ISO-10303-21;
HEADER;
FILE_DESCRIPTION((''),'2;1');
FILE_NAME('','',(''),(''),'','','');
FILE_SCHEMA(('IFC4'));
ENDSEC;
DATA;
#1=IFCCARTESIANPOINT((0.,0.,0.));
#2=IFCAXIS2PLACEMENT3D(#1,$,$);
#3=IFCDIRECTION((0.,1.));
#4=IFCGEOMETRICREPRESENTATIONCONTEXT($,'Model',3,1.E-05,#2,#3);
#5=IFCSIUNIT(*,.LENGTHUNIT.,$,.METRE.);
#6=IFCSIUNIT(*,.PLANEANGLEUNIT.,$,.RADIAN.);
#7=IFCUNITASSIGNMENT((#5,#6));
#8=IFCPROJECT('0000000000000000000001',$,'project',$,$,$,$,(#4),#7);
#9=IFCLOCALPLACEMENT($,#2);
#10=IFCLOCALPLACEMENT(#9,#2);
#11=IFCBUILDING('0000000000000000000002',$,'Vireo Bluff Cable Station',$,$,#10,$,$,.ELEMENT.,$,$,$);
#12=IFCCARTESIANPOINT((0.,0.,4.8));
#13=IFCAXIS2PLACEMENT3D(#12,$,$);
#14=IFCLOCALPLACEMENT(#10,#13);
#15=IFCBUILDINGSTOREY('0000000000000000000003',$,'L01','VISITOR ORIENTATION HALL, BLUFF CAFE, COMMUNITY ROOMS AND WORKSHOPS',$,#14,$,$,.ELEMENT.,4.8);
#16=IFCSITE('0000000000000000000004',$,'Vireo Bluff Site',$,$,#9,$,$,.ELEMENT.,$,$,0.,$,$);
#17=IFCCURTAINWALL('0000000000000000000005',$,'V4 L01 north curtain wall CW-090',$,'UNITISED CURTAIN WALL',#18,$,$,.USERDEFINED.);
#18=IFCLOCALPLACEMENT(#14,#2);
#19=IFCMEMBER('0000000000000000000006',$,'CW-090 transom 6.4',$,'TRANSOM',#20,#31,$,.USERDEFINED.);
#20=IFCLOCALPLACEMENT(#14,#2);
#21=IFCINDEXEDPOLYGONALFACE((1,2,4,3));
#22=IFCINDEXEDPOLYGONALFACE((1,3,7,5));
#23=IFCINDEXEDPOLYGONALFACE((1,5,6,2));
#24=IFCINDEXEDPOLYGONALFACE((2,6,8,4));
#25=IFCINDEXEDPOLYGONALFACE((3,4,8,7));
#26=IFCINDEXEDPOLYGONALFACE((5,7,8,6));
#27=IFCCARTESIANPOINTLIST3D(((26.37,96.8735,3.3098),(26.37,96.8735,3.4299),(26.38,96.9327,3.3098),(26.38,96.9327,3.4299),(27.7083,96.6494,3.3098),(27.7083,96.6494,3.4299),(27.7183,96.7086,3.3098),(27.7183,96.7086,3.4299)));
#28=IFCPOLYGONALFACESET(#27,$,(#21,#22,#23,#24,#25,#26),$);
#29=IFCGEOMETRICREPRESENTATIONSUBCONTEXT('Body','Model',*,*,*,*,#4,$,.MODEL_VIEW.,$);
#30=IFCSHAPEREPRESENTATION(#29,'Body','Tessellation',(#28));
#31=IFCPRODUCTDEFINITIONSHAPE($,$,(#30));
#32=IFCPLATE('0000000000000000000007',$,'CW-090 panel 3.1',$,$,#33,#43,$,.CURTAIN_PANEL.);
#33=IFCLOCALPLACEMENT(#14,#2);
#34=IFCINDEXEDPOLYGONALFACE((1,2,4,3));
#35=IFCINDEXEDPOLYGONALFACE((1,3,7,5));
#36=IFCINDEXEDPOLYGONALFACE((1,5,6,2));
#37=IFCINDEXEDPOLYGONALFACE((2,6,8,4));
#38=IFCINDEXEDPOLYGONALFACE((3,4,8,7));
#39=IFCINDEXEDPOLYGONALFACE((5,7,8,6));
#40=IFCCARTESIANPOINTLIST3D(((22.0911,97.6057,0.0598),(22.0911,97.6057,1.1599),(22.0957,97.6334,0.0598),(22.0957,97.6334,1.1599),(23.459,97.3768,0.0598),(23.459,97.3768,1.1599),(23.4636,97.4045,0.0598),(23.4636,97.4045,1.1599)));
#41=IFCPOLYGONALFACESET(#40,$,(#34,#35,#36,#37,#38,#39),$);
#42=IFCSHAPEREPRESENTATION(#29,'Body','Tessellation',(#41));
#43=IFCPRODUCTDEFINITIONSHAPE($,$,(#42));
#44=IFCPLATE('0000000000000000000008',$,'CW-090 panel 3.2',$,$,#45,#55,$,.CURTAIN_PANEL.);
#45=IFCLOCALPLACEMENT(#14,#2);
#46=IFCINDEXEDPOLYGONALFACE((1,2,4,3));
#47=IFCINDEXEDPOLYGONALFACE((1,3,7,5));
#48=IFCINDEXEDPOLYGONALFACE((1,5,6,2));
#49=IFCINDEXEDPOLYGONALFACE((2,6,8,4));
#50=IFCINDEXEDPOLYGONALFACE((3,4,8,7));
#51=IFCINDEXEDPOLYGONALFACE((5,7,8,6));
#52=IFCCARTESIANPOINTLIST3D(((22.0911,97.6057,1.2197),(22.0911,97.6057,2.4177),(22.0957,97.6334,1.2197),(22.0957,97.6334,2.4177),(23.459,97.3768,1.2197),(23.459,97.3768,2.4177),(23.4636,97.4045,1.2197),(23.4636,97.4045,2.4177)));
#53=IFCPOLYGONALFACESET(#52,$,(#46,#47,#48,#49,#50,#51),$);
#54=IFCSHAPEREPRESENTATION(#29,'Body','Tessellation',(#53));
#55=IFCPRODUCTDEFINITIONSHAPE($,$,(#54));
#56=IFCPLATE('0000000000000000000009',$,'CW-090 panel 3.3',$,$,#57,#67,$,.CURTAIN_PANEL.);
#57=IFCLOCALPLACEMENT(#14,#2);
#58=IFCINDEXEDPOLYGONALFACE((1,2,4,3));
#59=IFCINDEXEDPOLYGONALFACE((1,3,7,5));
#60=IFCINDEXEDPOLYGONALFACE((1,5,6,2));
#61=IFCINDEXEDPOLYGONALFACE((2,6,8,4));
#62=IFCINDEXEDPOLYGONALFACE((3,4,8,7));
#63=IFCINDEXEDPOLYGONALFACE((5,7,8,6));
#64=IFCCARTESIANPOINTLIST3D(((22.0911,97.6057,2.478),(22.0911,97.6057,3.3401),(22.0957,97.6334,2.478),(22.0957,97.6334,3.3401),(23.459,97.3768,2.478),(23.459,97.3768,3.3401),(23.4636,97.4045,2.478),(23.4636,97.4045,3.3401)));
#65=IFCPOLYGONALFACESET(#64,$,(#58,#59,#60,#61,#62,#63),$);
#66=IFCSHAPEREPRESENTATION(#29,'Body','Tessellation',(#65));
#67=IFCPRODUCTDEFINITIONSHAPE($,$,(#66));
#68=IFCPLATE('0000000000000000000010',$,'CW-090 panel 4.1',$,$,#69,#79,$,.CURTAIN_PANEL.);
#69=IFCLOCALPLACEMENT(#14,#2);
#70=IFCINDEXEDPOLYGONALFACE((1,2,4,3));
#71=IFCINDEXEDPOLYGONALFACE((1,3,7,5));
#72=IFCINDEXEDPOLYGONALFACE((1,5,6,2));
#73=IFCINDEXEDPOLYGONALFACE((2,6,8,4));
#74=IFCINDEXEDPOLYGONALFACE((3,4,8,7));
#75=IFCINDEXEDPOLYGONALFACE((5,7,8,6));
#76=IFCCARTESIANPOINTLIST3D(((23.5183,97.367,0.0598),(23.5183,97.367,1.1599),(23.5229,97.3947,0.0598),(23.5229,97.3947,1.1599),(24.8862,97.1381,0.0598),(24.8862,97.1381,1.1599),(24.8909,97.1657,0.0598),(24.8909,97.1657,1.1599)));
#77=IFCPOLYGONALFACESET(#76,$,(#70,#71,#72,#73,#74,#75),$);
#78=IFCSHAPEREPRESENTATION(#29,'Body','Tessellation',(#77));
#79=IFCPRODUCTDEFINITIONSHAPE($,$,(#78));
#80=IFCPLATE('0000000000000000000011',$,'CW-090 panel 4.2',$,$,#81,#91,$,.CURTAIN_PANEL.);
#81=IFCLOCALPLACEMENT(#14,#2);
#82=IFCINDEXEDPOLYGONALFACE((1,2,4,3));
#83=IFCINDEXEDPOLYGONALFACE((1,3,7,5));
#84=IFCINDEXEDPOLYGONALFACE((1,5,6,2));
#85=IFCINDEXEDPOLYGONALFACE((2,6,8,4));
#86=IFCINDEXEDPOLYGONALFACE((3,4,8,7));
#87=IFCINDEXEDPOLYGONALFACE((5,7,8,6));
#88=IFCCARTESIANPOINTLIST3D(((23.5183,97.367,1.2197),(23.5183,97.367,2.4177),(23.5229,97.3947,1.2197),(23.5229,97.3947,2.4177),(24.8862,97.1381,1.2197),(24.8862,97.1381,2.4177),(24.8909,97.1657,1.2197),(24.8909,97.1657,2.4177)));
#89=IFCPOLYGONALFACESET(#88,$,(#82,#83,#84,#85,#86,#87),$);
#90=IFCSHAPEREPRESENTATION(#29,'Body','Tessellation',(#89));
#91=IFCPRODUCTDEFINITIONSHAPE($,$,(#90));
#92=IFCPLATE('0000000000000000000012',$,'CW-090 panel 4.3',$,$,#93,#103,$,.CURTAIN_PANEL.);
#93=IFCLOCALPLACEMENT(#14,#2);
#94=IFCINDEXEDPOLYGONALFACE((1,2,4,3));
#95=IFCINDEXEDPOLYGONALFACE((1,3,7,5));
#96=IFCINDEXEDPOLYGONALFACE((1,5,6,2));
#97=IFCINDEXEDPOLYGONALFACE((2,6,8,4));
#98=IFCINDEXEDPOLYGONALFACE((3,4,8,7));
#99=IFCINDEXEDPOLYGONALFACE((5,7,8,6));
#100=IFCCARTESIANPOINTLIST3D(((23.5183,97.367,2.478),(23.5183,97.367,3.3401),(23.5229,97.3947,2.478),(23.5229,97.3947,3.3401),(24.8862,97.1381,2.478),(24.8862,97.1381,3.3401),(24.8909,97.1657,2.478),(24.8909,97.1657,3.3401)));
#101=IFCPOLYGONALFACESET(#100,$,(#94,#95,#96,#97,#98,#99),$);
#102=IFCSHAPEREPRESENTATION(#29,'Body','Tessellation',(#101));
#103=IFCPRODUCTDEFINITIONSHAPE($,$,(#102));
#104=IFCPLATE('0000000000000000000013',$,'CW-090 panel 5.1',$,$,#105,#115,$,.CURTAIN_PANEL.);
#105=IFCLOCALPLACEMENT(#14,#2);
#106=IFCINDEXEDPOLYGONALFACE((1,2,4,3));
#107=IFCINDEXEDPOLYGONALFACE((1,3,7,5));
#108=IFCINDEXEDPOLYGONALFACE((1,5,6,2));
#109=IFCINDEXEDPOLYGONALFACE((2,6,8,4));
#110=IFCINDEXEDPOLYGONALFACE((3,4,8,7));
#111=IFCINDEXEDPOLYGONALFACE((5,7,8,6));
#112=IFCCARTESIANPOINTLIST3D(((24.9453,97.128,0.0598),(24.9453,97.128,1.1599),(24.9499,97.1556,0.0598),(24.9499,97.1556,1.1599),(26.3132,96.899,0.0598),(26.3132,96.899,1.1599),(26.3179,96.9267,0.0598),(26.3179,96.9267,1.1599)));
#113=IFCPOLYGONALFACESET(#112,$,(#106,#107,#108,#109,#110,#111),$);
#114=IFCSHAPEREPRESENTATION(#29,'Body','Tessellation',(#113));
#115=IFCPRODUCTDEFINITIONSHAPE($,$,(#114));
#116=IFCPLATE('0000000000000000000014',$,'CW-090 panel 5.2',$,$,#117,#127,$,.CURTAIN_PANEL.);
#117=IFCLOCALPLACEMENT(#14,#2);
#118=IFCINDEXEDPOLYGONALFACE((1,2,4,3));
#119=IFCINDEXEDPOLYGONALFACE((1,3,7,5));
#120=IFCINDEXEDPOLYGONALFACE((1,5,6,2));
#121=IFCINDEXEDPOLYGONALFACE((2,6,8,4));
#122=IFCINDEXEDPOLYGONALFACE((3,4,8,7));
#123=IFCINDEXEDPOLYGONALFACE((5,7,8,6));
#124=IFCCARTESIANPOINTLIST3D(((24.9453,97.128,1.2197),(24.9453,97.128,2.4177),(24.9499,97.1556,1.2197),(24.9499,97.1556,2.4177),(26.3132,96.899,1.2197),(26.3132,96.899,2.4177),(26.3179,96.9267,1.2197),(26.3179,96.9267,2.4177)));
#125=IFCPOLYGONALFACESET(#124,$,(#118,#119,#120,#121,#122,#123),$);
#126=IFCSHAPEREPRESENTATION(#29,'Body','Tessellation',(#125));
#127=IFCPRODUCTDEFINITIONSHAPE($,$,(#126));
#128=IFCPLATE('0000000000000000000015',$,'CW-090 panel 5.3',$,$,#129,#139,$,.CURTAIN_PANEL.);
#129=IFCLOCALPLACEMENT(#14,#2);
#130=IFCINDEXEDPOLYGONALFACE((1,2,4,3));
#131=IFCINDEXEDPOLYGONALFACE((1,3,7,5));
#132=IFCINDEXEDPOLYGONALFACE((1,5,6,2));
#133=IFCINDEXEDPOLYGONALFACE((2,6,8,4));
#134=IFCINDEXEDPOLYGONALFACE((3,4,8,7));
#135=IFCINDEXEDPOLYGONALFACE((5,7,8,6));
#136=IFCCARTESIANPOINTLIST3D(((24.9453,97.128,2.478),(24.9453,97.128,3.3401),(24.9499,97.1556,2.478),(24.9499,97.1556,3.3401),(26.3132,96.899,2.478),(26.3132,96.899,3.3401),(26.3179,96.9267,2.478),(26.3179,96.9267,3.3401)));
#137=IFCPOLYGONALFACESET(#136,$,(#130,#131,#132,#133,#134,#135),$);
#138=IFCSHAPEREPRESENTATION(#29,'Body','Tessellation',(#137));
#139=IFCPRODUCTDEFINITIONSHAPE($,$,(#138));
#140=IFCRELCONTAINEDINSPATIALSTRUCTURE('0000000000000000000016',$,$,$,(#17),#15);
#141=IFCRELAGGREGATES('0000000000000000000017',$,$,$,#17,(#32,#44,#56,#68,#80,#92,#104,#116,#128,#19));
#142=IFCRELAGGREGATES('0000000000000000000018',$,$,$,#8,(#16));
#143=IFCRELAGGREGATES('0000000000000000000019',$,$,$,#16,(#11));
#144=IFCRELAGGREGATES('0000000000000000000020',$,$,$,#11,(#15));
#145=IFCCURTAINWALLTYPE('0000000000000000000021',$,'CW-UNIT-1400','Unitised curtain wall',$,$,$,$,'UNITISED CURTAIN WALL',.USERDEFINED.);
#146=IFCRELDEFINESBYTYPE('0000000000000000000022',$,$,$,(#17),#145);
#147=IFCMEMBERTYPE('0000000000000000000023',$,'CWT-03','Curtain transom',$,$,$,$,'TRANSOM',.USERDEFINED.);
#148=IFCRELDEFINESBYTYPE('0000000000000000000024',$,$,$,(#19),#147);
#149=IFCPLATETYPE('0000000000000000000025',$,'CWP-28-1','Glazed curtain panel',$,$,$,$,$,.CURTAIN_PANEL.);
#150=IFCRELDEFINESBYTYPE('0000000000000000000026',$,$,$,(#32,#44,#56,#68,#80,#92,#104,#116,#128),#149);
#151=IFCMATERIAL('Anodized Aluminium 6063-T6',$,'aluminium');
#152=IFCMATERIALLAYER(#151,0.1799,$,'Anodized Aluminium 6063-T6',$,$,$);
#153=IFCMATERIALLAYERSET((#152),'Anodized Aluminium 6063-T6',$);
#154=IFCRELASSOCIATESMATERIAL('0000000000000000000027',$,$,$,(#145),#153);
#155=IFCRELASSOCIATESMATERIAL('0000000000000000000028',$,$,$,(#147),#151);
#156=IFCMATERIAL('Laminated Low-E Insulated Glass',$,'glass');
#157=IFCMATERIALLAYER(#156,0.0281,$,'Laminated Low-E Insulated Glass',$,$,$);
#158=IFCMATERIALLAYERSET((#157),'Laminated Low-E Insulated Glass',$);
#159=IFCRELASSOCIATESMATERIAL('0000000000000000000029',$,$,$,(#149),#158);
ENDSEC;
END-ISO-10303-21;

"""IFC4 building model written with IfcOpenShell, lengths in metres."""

from ifc_helpers import new_model, si_unit, direction, frame, origin, origin_2d, place, context, subcontext, project, spatial, rectangle, extrude, material, layer, layer_set, material_profile, profile_set, type_object, element, aggregate, save


model = new_model("IFC4")

# Units and contexts
model_context = context("Model", 3, precision=1e-05, world=origin(), true_north=direction((0.0, 1.0)))
body_context = subcontext(model_context, "Body", "Model", "MODEL_VIEW")
ifc_project = project(units=[si_unit("LENGTHUNIT", "METRE"), si_unit("PLANEANGLEUNIT", "RADIAN")], contexts=[model_context])

# Site, building, storey
site_placement = place(None, origin())
site = spatial("IfcSite", under=ifc_project, at=site_placement, Name="Vireo Bluff Site", CompositionType="ELEMENT", RefElevation=0.0)
building_placement = place(site_placement, origin())
building = spatial("IfcBuilding", under=site, at=building_placement, Name="Vireo Bluff Cable Station", CompositionType="ELEMENT")
storey_placement = place(building_placement, frame((0.0, 0.0, 4.8)))
storey = spatial("IfcBuildingStorey", under=building, at=storey_placement, Name="L01", Description="VISITOR ORIENTATION HALL, BLUFF CAFE, COMMUNITY ROOMS AND WORKSHOPS", CompositionType="ELEMENT", Elevation=4.8)

# Curtain wall, member, plates
ifc_material_1 = material(Name="Anodized Aluminium 6063-T6", Category="aluminium")
ifc_layer_1 = layer(ifc_material_1, 0.1799, Name="Anodized Aluminium 6063-T6")
ifc_layer_set_1 = layer_set([ifc_layer_1], Name="Anodized Aluminium 6063-T6")
curtain_wall_type = type_object("IfcCurtainWallType", Name="CW-UNIT-1400", Description="Unitised curtain wall", ElementType="UNITISED CURTAIN WALL", PredefinedType="USERDEFINED", material=ifc_layer_set_1)
curtain_wall_placement = place(storey_placement, origin())
curtain_wall = element("IfcCurtainWall", 1, at=curtain_wall_placement, inside=storey, type_object=curtain_wall_type, Name="V4 L01 north curtain wall CW-090", ObjectType="UNITISED CURTAIN WALL", PredefinedType="USERDEFINED")
ifc_material_profile_1 = material_profile(ifc_material_1, rectangle(XDim=0.0601, YDim=0.1201, at=origin_2d()), Name="ALU-T-60X120")
ifc_profile_set_1 = profile_set([ifc_material_profile_1], Name="Anodized Aluminium 6063-T6")
member_type_1 = type_object("IfcMemberType", Name="CWT-03", Description="Curtain transom", ElementType="TRANSOM", PredefinedType="USERDEFINED", material=ifc_profile_set_1)
member_1_placement = place(storey_placement, frame((26.375, 96.9031, 3.3699), z_axis=(0.986267, -0.165157, 0.0), x_axis=(0.165157, 0.986267, 0.0)))
member_1 = element("IfcMember", 2, at=member_1_placement, type_object=member_type_1, Name="CW-090 transom 6.4", ObjectType="TRANSOM", PredefinedType="USERDEFINED", context=body_context, shape_type="SweptSolid", body=[
    extrude(rectangle(XDim=0.0601, YDim=0.1201, at=origin_2d()), origin(), (0.0, 0.0, 1.0), 1.3569),
])
ifc_material_2 = material(Name="Laminated Low-E Insulated Glass", Category="glass")
ifc_layer_2 = layer(ifc_material_2, 0.0281, Name="Laminated Low-E Insulated Glass")
ifc_layer_set_2 = layer_set([ifc_layer_2], Name="Laminated Low-E Insulated Glass")
plate_type = type_object("IfcPlateType", Name="CWP-28-1", Description="Glazed curtain panel", PredefinedType="CURTAIN_PANEL", material=ifc_layer_set_2)
plate_1_placement = place(storey_placement, frame((22.7773, 97.5051, 0.0598), z_axis=(0.0, 0.0, 1.0), x_axis=(0.986286, -0.165048, 0.0)))
plate_1 = element("IfcPlate", 3, at=plate_1_placement, type_object=plate_type, Name="CW-090 panel 3.1", PredefinedType="CURTAIN_PANEL", context=body_context, shape_type="SweptSolid", body=[
    extrude(rectangle(XDim=1.387, YDim=0.0281, at=origin_2d()), origin(), (0.0, 0.0, 1.0), 1.1001),
])
plate_2_placement = place(storey_placement, frame((22.7773, 97.5051, 1.2197), z_axis=(0.0, 0.0, 1.0), x_axis=(0.986286, -0.165048, 0.0)))
plate_2 = element("IfcPlate", 4, at=plate_2_placement, type_object=plate_type, Name="CW-090 panel 3.2", PredefinedType="CURTAIN_PANEL", context=body_context, shape_type="SweptSolid", body=[
    extrude(rectangle(XDim=1.387, YDim=0.0281, at=origin_2d()), origin(), (0.0, 0.0, 1.0), 1.198),
])
plate_3_placement = place(storey_placement, frame((22.7773, 97.5051, 2.478), z_axis=(0.0, 0.0, 1.0), x_axis=(0.986286, -0.165048, 0.0)))
plate_3 = element("IfcPlate", 5, at=plate_3_placement, type_object=plate_type, Name="CW-090 panel 3.3", PredefinedType="CURTAIN_PANEL", context=body_context, shape_type="SweptSolid", body=[
    extrude(rectangle(XDim=1.387, YDim=0.0281, at=origin_2d()), origin(), (0.0, 0.0, 1.0), 0.8621),
])
plate_4_placement = place(storey_placement, frame((24.2046, 97.2664, 0.0598), z_axis=(0.0, 0.0, 1.0), x_axis=(0.986286, -0.165048, 0.0)))
plate_4 = element("IfcPlate", 6, at=plate_4_placement, type_object=plate_type, Name="CW-090 panel 4.1", PredefinedType="CURTAIN_PANEL", context=body_context, shape_type="SweptSolid", body=[
    extrude(rectangle(XDim=1.387, YDim=0.0281, at=origin_2d()), origin(), (0.0, 0.0, 1.0), 1.1001),
])
plate_5_placement = place(storey_placement, frame((24.2046, 97.2664, 1.2197), z_axis=(0.0, 0.0, 1.0), x_axis=(0.986286, -0.165048, 0.0)))
plate_5 = element("IfcPlate", 7, at=plate_5_placement, type_object=plate_type, Name="CW-090 panel 4.2", PredefinedType="CURTAIN_PANEL", context=body_context, shape_type="SweptSolid", body=[
    extrude(rectangle(XDim=1.387, YDim=0.0281, at=origin_2d()), origin(), (0.0, 0.0, 1.0), 1.198),
])
plate_6_placement = place(storey_placement, frame((24.2046, 97.2664, 2.478), z_axis=(0.0, 0.0, 1.0), x_axis=(0.986286, -0.165048, 0.0)))
plate_6 = element("IfcPlate", 8, at=plate_6_placement, type_object=plate_type, Name="CW-090 panel 4.3", PredefinedType="CURTAIN_PANEL", context=body_context, shape_type="SweptSolid", body=[
    extrude(rectangle(XDim=1.387, YDim=0.0281, at=origin_2d()), origin(), (0.0, 0.0, 1.0), 0.8621),
])
plate_7_placement = place(storey_placement, frame((25.6316, 97.0273, 0.0598), z_axis=(0.0, 0.0, 1.0), x_axis=(0.986286, -0.165048, 0.0)))
plate_7 = element("IfcPlate", 9, at=plate_7_placement, type_object=plate_type, Name="CW-090 panel 5.1", PredefinedType="CURTAIN_PANEL", context=body_context, shape_type="SweptSolid", body=[
    extrude(rectangle(XDim=1.387, YDim=0.0281, at=origin_2d()), origin(), (0.0, 0.0, 1.0), 1.1001),
])
plate_8_placement = place(storey_placement, frame((25.6316, 97.0273, 1.2197), z_axis=(0.0, 0.0, 1.0), x_axis=(0.986286, -0.165048, 0.0)))
plate_8 = element("IfcPlate", 10, at=plate_8_placement, type_object=plate_type, Name="CW-090 panel 5.2", PredefinedType="CURTAIN_PANEL", context=body_context, shape_type="SweptSolid", body=[
    extrude(rectangle(XDim=1.387, YDim=0.0281, at=origin_2d()), origin(), (0.0, 0.0, 1.0), 1.198),
])
plate_9_placement = place(storey_placement, frame((25.6316, 97.0273, 2.478), z_axis=(0.0, 0.0, 1.0), x_axis=(0.986286, -0.165048, 0.0)))
plate_9 = element("IfcPlate", 11, at=plate_9_placement, type_object=plate_type, Name="CW-090 panel 5.3", PredefinedType="CURTAIN_PANEL", context=body_context, shape_type="SweptSolid", body=[
    extrude(rectangle(XDim=1.387, YDim=0.0281, at=origin_2d()), origin(), (0.0, 0.0, 1.0), 0.8621),
])
aggregate(curtain_wall, [plate_1, plate_2, plate_3, plate_4, plate_5, plate_6, plate_7, plate_8, plate_9, member_1])

save(model, "model.ifc")
